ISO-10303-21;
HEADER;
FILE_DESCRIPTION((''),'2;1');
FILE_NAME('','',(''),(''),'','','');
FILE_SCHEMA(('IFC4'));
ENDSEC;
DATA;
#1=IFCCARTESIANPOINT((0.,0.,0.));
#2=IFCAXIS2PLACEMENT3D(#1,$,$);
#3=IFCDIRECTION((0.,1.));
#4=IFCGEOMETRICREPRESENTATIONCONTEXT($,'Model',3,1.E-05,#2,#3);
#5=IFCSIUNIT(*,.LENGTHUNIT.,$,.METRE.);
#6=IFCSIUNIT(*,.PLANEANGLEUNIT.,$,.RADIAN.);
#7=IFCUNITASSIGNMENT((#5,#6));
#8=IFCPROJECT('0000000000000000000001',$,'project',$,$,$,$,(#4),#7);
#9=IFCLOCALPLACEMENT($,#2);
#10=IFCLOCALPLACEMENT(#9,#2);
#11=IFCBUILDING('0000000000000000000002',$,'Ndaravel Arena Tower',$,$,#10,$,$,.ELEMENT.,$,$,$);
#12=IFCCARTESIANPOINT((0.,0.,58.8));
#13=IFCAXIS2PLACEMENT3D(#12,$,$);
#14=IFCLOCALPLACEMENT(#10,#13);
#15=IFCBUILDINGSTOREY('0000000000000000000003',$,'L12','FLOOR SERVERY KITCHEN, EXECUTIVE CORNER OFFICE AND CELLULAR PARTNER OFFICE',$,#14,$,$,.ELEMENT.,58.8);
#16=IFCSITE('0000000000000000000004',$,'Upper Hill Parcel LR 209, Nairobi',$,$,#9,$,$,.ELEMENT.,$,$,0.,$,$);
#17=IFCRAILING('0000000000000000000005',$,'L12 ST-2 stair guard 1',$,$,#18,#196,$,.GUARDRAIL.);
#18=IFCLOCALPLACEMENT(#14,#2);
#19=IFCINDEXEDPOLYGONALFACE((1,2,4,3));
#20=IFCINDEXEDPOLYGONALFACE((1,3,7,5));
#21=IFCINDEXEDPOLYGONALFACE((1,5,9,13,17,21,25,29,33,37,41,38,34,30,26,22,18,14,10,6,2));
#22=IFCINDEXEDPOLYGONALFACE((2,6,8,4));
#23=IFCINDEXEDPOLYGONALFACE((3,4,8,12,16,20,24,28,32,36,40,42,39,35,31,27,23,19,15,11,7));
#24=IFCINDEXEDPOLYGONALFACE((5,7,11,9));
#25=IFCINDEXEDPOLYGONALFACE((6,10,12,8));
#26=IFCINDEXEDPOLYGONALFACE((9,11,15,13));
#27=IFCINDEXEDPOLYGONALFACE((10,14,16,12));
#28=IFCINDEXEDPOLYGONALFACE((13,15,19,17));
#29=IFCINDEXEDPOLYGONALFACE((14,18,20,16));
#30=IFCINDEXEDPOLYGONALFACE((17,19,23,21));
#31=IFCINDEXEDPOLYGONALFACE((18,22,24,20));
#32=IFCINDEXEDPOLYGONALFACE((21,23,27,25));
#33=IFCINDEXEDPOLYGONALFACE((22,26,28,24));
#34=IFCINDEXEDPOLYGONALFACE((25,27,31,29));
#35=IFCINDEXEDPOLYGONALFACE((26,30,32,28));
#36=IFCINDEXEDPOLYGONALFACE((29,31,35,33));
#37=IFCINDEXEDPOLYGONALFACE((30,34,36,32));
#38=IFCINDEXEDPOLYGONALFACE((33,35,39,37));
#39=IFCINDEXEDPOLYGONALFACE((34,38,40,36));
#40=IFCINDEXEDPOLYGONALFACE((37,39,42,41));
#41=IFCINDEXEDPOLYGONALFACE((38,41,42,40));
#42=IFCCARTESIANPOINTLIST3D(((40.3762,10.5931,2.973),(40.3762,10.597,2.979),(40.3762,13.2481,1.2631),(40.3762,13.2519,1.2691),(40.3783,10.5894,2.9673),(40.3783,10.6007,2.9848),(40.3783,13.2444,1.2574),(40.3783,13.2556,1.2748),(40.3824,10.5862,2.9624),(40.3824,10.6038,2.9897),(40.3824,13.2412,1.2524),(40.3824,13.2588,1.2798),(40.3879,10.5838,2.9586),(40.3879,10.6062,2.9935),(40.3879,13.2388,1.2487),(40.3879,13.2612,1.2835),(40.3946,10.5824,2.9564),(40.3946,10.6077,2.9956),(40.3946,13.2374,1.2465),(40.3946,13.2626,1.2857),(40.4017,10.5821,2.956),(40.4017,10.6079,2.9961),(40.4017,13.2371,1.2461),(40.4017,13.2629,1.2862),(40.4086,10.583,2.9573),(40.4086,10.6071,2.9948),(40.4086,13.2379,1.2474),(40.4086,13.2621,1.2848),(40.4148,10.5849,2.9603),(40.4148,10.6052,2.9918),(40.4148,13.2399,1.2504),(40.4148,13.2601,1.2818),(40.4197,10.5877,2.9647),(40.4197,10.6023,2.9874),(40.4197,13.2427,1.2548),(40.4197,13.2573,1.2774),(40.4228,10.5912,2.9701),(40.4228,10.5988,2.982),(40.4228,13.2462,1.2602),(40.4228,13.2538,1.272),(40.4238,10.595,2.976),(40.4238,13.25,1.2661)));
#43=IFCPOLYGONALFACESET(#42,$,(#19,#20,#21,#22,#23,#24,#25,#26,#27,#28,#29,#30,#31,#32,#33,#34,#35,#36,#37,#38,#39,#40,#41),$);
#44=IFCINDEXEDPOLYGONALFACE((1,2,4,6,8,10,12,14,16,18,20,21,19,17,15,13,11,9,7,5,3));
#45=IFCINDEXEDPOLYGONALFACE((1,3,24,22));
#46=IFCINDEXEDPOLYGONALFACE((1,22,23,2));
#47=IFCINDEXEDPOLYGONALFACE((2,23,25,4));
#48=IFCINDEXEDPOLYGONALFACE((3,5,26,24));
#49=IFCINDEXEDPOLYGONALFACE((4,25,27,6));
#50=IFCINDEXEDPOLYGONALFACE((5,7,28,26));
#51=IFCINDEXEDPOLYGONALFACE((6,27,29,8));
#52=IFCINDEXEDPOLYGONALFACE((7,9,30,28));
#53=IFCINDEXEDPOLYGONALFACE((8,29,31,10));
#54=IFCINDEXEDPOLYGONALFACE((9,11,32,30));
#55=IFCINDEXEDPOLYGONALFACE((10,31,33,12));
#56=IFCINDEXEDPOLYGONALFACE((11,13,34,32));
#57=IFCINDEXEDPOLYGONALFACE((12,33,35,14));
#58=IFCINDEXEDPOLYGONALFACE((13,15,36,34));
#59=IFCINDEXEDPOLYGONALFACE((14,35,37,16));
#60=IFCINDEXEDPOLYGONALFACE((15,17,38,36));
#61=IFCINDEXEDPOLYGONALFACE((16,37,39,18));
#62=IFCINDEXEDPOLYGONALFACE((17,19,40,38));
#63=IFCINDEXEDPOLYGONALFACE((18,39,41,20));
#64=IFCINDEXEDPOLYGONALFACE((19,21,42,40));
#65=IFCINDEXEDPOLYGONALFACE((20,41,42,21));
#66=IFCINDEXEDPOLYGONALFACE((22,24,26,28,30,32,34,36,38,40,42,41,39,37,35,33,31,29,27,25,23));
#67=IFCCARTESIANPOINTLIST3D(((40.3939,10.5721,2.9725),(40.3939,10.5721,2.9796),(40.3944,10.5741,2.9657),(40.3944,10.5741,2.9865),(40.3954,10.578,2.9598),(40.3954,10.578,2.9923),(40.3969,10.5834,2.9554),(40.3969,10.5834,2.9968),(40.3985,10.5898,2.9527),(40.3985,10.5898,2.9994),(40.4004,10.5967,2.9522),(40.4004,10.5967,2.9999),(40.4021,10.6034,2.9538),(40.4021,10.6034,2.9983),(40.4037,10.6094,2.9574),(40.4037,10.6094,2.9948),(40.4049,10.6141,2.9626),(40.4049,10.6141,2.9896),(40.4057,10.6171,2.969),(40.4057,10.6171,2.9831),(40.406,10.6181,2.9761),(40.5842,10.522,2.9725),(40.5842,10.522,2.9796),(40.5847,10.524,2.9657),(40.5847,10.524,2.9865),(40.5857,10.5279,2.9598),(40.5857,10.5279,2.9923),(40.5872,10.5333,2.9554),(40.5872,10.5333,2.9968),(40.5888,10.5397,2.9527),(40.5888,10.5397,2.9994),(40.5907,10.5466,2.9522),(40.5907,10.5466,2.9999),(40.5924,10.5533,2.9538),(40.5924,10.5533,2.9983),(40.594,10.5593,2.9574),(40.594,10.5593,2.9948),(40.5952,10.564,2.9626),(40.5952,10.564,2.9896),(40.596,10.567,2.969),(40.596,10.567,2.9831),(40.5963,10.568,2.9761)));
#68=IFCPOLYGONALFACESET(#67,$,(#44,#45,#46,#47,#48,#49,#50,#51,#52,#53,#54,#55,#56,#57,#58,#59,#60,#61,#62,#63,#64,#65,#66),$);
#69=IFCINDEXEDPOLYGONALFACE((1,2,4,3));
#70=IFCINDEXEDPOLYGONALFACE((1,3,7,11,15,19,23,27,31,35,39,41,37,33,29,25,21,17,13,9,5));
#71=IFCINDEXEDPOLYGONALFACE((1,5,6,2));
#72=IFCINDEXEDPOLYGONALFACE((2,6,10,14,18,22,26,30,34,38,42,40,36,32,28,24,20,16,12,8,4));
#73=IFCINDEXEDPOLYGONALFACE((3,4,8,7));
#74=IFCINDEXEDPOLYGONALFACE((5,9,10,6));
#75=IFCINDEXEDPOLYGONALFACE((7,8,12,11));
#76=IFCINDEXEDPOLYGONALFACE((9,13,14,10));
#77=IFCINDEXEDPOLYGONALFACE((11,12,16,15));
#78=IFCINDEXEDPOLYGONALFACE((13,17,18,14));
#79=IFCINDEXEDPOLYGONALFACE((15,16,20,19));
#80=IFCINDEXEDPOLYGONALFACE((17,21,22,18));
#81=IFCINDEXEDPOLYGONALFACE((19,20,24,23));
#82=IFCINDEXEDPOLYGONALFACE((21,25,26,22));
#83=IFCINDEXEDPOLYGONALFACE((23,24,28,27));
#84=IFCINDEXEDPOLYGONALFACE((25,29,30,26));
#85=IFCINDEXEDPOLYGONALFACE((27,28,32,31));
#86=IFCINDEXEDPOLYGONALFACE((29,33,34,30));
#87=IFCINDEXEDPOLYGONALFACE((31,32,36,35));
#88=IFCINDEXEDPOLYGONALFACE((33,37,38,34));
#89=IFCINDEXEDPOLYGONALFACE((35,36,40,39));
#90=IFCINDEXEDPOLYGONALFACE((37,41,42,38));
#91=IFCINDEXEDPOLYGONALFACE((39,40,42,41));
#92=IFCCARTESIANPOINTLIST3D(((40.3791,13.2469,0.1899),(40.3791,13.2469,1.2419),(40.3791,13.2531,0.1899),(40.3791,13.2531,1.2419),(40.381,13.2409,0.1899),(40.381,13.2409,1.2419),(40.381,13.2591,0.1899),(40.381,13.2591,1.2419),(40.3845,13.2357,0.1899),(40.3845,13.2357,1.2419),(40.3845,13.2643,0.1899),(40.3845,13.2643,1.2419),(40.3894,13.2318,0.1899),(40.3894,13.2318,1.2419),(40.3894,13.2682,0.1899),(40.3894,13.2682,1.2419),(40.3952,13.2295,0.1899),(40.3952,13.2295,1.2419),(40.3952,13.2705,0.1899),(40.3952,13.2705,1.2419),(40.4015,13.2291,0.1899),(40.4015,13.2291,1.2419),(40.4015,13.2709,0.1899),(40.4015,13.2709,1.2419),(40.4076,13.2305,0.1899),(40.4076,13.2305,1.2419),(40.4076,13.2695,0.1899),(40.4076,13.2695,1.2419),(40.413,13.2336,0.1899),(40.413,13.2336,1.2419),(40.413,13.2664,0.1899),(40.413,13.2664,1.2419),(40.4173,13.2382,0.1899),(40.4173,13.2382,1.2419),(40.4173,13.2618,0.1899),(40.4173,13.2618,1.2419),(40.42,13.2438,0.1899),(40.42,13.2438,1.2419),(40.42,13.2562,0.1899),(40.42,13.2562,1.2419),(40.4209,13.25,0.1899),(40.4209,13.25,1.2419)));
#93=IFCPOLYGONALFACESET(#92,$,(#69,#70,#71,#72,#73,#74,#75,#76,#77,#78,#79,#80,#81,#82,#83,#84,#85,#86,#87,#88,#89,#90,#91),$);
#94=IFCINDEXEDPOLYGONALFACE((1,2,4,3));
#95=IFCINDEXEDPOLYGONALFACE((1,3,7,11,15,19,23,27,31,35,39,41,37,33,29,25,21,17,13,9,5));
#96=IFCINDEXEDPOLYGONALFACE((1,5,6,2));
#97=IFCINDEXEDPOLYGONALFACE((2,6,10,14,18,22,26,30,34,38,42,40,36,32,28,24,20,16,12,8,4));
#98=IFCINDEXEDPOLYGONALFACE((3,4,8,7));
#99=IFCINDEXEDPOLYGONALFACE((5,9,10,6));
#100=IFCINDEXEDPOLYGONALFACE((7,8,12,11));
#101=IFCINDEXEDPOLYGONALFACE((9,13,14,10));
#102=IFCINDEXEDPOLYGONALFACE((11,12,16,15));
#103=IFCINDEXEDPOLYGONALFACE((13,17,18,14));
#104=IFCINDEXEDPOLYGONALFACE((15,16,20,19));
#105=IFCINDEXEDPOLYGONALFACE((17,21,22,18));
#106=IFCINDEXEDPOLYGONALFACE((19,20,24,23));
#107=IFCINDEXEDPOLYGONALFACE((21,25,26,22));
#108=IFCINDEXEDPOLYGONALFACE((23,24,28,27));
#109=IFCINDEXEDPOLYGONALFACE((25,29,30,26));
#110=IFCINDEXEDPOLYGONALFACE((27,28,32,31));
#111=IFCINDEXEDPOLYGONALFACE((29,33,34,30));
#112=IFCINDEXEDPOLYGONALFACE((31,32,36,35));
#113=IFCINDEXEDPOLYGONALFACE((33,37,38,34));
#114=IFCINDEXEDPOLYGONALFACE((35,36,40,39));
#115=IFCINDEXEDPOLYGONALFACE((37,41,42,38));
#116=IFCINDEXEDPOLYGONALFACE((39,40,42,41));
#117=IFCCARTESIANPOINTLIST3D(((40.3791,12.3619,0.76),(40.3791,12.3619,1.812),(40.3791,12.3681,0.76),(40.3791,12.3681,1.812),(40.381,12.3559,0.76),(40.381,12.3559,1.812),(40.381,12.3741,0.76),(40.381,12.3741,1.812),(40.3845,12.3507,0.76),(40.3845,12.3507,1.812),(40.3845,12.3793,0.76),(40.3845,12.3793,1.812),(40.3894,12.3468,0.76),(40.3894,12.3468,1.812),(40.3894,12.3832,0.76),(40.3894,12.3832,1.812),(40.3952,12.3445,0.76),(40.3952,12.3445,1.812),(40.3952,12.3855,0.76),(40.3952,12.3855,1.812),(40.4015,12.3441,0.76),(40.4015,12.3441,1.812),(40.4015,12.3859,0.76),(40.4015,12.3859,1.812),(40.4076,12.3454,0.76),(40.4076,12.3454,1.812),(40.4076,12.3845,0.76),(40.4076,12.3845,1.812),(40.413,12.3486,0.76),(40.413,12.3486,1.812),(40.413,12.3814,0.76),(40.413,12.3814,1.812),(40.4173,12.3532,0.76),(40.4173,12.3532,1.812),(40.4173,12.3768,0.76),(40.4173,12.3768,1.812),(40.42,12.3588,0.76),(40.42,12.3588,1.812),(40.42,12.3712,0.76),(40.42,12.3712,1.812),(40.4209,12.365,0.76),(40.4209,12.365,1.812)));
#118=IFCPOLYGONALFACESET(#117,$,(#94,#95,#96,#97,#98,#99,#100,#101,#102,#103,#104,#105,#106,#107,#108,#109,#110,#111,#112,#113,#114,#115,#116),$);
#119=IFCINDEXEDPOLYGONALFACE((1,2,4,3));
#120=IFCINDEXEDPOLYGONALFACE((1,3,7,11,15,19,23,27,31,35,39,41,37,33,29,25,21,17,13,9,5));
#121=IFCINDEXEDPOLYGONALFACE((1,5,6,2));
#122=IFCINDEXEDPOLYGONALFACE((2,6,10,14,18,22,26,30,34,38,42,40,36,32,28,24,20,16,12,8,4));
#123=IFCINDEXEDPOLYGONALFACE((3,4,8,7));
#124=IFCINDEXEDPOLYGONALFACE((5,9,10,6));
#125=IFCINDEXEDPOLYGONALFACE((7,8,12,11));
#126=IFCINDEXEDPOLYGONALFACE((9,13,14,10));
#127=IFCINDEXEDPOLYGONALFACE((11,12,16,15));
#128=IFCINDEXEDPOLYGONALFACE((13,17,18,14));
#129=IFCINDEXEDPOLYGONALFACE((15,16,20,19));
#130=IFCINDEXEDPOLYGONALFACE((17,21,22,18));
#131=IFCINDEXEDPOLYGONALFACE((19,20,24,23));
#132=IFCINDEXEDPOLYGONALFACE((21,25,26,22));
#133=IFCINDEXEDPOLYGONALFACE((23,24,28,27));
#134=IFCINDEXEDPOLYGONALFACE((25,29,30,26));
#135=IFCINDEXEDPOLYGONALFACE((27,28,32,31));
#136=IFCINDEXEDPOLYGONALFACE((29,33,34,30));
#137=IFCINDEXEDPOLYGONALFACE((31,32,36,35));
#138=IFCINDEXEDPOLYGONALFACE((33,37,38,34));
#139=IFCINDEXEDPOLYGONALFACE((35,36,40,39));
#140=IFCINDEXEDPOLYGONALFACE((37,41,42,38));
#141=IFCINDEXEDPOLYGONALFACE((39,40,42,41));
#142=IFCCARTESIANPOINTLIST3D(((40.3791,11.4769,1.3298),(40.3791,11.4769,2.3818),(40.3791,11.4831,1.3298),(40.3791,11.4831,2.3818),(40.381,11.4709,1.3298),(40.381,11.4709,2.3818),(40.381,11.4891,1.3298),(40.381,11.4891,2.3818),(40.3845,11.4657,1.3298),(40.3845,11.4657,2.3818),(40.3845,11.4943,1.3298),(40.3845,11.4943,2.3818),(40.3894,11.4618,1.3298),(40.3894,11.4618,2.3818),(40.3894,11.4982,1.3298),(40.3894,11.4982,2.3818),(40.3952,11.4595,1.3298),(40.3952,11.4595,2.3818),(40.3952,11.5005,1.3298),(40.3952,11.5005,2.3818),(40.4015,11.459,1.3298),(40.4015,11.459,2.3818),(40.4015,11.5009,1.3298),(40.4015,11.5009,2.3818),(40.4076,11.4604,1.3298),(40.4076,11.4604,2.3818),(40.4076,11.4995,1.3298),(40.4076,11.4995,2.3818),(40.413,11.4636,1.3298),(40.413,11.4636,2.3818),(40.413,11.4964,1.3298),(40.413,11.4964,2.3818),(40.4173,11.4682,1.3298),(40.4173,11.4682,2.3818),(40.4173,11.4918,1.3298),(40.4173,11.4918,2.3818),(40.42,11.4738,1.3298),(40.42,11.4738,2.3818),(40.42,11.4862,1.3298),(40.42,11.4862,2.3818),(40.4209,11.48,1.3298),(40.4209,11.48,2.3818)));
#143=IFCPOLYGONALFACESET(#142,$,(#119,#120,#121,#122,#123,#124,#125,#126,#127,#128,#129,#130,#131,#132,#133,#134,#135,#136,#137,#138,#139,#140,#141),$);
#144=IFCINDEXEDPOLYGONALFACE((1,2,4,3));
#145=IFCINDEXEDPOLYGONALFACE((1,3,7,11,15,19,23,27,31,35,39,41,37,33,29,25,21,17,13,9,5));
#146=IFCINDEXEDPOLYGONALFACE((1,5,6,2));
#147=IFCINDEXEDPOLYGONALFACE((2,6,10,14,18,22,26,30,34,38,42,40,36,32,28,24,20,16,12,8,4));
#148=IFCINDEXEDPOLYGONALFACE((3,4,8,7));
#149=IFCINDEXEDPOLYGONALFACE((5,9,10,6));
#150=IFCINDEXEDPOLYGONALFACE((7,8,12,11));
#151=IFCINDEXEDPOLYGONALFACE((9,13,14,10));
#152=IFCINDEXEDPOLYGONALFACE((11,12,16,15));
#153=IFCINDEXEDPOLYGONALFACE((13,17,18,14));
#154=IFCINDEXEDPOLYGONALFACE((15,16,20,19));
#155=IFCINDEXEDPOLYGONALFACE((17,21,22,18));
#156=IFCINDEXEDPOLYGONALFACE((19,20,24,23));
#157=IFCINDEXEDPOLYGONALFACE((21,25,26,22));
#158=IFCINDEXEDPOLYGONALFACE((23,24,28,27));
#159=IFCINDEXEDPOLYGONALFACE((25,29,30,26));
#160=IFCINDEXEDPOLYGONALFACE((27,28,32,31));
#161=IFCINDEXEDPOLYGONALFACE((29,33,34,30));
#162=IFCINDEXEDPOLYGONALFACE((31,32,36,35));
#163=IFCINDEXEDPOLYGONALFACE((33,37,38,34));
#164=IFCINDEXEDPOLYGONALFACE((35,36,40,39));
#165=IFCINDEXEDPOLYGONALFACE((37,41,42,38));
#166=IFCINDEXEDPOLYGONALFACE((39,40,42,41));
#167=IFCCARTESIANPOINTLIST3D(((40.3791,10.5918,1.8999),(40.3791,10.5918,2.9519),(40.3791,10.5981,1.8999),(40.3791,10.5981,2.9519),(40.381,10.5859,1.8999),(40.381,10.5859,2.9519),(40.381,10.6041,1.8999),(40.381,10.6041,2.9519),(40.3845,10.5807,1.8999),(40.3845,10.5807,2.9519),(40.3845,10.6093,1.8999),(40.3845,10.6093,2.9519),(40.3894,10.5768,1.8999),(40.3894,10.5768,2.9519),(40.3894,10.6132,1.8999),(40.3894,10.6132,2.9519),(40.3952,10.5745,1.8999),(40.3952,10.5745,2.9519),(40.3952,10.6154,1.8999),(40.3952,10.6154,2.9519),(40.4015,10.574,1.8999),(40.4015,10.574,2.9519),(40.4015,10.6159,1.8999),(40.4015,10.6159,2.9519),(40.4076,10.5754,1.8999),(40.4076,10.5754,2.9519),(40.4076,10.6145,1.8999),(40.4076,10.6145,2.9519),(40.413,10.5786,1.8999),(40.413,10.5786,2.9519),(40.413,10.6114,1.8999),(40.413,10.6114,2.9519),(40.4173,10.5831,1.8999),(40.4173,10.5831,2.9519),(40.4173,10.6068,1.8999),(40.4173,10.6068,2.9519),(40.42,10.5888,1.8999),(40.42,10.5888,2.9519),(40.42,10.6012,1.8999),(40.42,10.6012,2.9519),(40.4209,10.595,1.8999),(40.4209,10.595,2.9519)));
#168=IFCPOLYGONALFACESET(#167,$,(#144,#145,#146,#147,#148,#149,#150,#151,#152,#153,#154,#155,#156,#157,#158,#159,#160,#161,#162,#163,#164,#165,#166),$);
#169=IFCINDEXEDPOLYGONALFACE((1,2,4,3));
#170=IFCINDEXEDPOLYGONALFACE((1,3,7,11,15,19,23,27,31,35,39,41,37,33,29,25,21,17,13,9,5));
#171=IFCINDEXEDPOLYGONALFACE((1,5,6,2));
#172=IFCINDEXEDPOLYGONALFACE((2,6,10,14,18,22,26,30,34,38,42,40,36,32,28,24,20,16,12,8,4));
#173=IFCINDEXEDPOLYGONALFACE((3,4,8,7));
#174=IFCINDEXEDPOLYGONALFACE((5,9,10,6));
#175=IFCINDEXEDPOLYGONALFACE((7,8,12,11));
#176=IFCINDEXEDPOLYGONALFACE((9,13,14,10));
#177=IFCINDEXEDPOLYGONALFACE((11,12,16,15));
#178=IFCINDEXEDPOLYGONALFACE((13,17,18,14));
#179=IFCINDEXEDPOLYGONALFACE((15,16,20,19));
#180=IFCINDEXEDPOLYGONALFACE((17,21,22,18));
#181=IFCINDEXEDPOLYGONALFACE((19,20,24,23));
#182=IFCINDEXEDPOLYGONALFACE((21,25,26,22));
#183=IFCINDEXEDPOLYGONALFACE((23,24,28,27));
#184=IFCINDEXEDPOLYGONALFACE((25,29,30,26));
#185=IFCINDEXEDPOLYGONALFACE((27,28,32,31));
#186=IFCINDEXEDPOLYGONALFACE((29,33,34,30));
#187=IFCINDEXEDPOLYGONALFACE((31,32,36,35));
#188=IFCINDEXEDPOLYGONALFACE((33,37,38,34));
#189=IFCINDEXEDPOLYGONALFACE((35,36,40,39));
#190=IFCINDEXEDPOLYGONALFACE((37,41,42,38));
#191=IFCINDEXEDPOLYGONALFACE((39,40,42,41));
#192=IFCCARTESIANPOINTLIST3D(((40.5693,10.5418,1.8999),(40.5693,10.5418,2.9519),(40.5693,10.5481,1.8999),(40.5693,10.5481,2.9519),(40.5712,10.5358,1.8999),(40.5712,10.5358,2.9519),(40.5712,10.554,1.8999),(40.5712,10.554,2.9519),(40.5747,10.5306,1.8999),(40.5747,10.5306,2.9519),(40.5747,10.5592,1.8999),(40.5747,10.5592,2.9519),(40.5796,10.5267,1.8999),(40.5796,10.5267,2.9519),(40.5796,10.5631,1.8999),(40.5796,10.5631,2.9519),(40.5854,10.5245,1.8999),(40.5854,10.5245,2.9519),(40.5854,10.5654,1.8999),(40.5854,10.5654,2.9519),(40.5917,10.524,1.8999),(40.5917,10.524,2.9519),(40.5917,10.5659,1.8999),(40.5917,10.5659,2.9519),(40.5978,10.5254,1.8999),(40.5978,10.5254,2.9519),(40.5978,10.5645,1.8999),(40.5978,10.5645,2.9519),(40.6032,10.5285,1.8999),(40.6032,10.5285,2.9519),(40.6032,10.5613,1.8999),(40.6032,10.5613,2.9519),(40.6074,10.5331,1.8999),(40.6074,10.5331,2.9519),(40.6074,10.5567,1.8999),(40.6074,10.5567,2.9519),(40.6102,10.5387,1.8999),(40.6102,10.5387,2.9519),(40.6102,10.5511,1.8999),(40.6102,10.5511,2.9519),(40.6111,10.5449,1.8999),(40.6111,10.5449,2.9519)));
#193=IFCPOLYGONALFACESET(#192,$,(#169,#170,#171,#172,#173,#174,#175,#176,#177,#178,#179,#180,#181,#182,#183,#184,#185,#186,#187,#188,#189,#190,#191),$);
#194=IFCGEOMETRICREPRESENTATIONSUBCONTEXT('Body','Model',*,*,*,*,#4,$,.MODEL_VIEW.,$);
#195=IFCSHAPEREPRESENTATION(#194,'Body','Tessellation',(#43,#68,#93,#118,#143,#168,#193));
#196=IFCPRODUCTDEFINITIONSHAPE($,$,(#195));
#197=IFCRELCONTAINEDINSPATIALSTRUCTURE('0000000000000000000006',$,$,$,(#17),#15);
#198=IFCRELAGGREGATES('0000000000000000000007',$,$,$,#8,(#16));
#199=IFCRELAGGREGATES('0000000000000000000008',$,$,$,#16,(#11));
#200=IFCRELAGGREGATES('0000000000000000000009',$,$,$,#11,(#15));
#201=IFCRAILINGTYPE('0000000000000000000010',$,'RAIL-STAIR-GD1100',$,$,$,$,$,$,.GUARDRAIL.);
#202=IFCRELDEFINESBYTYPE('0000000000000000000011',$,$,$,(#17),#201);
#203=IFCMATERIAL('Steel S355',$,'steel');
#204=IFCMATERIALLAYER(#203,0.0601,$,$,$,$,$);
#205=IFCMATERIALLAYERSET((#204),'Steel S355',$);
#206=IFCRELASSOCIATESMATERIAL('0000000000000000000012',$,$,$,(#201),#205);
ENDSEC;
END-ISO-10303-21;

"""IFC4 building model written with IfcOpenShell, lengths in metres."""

from ifc_helpers import new_model, si_unit, direction, frame, origin, origin_2d, place, context, subcontext, project, spatial, circle, extrude, material, layer, layer_set, type_object, element, save


model = new_model("IFC4")

# Units and contexts
model_context = context("Model", 3, precision=1e-05, world=origin(), true_north=direction((0.0, 1.0)))
body_context = subcontext(model_context, "Body", "Model", "MODEL_VIEW")
ifc_project = project(units=[si_unit("LENGTHUNIT", "METRE"), si_unit("PLANEANGLEUNIT", "RADIAN")], contexts=[model_context])

# Site, building, storey
site_placement = place(None, origin())
site = spatial("IfcSite", under=ifc_project, at=site_placement, Name="Upper Hill Parcel LR 209, Nairobi", CompositionType="ELEMENT", RefElevation=0.0)
building_placement = place(site_placement, origin())
building = spatial("IfcBuilding", under=site, at=building_placement, Name="Ndaravel Arena Tower", CompositionType="ELEMENT")
storey_placement = place(building_placement, frame((0.0, 0.0, 58.8)))
storey = spatial("IfcBuildingStorey", under=building, at=storey_placement, Name="L12", Description="FLOOR SERVERY KITCHEN, EXECUTIVE CORNER OFFICE AND CELLULAR PARTNER OFFICE", CompositionType="ELEMENT", Elevation=58.8)

# Railing
ifc_material_1 = material(Name="Steel S355", Category="steel")
ifc_layer_1 = layer(ifc_material_1, 0.0601)
ifc_layer_set_1 = layer_set([ifc_layer_1], Name="Steel S355")
railing_type_1 = type_object("IfcRailingType", Name="RAIL-STAIR-GD1100", PredefinedType="GUARDRAIL", material=ifc_layer_set_1)
railing_1_placement = place(storey_placement, frame((40.3999, 13.25, 0.1899)))
element("IfcRailing", 1, at=railing_1_placement, inside=storey, type_object=railing_type_1, Name="L12 ST-2 stair guard 1", PredefinedType="GUARDRAIL", context=body_context, shape_type="SweptSolid", body=[
    extrude(circle(Radius=0.0239, at=origin_2d()), frame((0.0, 0.0, 1.0762), z_axis=(0.0, -0.840724, 0.541465), x_axis=(1.0, 0.0, 0.0)), (0.0, 0.0, 1.0), 3.158),
    extrude(circle(Radius=0.0239, at=origin_2d()), frame((0.0, -2.655, 2.7861), z_axis=(0.967075, -0.254493, 0.0), x_axis=(0.254493, 0.967075, 0.0)), (0.0, 0.0, 1.0), 0.1968),
    extrude(circle(Radius=0.021, at=origin_2d()), origin(), (0.0, 0.0, 1.0), 1.052),
    extrude(circle(Radius=0.021, at=origin_2d()), frame((0.0, -0.885, 0.5701)), (0.0, 0.0, 1.0), 1.052),
    extrude(circle(Radius=0.021, at=origin_2d()), frame((0.0, -1.77, 1.1399)), (0.0, 0.0, 1.0), 1.052),
    extrude(circle(Radius=0.021, at=origin_2d()), frame((0.0, -2.655, 1.71)), (0.0, 0.0, 1.0), 1.052),
    extrude(circle(Radius=0.021, at=origin_2d()), frame((0.1902, -2.7051, 1.71)), (0.0, 0.0, 1.0), 1.052),
])

save(model, "model.ifc")
